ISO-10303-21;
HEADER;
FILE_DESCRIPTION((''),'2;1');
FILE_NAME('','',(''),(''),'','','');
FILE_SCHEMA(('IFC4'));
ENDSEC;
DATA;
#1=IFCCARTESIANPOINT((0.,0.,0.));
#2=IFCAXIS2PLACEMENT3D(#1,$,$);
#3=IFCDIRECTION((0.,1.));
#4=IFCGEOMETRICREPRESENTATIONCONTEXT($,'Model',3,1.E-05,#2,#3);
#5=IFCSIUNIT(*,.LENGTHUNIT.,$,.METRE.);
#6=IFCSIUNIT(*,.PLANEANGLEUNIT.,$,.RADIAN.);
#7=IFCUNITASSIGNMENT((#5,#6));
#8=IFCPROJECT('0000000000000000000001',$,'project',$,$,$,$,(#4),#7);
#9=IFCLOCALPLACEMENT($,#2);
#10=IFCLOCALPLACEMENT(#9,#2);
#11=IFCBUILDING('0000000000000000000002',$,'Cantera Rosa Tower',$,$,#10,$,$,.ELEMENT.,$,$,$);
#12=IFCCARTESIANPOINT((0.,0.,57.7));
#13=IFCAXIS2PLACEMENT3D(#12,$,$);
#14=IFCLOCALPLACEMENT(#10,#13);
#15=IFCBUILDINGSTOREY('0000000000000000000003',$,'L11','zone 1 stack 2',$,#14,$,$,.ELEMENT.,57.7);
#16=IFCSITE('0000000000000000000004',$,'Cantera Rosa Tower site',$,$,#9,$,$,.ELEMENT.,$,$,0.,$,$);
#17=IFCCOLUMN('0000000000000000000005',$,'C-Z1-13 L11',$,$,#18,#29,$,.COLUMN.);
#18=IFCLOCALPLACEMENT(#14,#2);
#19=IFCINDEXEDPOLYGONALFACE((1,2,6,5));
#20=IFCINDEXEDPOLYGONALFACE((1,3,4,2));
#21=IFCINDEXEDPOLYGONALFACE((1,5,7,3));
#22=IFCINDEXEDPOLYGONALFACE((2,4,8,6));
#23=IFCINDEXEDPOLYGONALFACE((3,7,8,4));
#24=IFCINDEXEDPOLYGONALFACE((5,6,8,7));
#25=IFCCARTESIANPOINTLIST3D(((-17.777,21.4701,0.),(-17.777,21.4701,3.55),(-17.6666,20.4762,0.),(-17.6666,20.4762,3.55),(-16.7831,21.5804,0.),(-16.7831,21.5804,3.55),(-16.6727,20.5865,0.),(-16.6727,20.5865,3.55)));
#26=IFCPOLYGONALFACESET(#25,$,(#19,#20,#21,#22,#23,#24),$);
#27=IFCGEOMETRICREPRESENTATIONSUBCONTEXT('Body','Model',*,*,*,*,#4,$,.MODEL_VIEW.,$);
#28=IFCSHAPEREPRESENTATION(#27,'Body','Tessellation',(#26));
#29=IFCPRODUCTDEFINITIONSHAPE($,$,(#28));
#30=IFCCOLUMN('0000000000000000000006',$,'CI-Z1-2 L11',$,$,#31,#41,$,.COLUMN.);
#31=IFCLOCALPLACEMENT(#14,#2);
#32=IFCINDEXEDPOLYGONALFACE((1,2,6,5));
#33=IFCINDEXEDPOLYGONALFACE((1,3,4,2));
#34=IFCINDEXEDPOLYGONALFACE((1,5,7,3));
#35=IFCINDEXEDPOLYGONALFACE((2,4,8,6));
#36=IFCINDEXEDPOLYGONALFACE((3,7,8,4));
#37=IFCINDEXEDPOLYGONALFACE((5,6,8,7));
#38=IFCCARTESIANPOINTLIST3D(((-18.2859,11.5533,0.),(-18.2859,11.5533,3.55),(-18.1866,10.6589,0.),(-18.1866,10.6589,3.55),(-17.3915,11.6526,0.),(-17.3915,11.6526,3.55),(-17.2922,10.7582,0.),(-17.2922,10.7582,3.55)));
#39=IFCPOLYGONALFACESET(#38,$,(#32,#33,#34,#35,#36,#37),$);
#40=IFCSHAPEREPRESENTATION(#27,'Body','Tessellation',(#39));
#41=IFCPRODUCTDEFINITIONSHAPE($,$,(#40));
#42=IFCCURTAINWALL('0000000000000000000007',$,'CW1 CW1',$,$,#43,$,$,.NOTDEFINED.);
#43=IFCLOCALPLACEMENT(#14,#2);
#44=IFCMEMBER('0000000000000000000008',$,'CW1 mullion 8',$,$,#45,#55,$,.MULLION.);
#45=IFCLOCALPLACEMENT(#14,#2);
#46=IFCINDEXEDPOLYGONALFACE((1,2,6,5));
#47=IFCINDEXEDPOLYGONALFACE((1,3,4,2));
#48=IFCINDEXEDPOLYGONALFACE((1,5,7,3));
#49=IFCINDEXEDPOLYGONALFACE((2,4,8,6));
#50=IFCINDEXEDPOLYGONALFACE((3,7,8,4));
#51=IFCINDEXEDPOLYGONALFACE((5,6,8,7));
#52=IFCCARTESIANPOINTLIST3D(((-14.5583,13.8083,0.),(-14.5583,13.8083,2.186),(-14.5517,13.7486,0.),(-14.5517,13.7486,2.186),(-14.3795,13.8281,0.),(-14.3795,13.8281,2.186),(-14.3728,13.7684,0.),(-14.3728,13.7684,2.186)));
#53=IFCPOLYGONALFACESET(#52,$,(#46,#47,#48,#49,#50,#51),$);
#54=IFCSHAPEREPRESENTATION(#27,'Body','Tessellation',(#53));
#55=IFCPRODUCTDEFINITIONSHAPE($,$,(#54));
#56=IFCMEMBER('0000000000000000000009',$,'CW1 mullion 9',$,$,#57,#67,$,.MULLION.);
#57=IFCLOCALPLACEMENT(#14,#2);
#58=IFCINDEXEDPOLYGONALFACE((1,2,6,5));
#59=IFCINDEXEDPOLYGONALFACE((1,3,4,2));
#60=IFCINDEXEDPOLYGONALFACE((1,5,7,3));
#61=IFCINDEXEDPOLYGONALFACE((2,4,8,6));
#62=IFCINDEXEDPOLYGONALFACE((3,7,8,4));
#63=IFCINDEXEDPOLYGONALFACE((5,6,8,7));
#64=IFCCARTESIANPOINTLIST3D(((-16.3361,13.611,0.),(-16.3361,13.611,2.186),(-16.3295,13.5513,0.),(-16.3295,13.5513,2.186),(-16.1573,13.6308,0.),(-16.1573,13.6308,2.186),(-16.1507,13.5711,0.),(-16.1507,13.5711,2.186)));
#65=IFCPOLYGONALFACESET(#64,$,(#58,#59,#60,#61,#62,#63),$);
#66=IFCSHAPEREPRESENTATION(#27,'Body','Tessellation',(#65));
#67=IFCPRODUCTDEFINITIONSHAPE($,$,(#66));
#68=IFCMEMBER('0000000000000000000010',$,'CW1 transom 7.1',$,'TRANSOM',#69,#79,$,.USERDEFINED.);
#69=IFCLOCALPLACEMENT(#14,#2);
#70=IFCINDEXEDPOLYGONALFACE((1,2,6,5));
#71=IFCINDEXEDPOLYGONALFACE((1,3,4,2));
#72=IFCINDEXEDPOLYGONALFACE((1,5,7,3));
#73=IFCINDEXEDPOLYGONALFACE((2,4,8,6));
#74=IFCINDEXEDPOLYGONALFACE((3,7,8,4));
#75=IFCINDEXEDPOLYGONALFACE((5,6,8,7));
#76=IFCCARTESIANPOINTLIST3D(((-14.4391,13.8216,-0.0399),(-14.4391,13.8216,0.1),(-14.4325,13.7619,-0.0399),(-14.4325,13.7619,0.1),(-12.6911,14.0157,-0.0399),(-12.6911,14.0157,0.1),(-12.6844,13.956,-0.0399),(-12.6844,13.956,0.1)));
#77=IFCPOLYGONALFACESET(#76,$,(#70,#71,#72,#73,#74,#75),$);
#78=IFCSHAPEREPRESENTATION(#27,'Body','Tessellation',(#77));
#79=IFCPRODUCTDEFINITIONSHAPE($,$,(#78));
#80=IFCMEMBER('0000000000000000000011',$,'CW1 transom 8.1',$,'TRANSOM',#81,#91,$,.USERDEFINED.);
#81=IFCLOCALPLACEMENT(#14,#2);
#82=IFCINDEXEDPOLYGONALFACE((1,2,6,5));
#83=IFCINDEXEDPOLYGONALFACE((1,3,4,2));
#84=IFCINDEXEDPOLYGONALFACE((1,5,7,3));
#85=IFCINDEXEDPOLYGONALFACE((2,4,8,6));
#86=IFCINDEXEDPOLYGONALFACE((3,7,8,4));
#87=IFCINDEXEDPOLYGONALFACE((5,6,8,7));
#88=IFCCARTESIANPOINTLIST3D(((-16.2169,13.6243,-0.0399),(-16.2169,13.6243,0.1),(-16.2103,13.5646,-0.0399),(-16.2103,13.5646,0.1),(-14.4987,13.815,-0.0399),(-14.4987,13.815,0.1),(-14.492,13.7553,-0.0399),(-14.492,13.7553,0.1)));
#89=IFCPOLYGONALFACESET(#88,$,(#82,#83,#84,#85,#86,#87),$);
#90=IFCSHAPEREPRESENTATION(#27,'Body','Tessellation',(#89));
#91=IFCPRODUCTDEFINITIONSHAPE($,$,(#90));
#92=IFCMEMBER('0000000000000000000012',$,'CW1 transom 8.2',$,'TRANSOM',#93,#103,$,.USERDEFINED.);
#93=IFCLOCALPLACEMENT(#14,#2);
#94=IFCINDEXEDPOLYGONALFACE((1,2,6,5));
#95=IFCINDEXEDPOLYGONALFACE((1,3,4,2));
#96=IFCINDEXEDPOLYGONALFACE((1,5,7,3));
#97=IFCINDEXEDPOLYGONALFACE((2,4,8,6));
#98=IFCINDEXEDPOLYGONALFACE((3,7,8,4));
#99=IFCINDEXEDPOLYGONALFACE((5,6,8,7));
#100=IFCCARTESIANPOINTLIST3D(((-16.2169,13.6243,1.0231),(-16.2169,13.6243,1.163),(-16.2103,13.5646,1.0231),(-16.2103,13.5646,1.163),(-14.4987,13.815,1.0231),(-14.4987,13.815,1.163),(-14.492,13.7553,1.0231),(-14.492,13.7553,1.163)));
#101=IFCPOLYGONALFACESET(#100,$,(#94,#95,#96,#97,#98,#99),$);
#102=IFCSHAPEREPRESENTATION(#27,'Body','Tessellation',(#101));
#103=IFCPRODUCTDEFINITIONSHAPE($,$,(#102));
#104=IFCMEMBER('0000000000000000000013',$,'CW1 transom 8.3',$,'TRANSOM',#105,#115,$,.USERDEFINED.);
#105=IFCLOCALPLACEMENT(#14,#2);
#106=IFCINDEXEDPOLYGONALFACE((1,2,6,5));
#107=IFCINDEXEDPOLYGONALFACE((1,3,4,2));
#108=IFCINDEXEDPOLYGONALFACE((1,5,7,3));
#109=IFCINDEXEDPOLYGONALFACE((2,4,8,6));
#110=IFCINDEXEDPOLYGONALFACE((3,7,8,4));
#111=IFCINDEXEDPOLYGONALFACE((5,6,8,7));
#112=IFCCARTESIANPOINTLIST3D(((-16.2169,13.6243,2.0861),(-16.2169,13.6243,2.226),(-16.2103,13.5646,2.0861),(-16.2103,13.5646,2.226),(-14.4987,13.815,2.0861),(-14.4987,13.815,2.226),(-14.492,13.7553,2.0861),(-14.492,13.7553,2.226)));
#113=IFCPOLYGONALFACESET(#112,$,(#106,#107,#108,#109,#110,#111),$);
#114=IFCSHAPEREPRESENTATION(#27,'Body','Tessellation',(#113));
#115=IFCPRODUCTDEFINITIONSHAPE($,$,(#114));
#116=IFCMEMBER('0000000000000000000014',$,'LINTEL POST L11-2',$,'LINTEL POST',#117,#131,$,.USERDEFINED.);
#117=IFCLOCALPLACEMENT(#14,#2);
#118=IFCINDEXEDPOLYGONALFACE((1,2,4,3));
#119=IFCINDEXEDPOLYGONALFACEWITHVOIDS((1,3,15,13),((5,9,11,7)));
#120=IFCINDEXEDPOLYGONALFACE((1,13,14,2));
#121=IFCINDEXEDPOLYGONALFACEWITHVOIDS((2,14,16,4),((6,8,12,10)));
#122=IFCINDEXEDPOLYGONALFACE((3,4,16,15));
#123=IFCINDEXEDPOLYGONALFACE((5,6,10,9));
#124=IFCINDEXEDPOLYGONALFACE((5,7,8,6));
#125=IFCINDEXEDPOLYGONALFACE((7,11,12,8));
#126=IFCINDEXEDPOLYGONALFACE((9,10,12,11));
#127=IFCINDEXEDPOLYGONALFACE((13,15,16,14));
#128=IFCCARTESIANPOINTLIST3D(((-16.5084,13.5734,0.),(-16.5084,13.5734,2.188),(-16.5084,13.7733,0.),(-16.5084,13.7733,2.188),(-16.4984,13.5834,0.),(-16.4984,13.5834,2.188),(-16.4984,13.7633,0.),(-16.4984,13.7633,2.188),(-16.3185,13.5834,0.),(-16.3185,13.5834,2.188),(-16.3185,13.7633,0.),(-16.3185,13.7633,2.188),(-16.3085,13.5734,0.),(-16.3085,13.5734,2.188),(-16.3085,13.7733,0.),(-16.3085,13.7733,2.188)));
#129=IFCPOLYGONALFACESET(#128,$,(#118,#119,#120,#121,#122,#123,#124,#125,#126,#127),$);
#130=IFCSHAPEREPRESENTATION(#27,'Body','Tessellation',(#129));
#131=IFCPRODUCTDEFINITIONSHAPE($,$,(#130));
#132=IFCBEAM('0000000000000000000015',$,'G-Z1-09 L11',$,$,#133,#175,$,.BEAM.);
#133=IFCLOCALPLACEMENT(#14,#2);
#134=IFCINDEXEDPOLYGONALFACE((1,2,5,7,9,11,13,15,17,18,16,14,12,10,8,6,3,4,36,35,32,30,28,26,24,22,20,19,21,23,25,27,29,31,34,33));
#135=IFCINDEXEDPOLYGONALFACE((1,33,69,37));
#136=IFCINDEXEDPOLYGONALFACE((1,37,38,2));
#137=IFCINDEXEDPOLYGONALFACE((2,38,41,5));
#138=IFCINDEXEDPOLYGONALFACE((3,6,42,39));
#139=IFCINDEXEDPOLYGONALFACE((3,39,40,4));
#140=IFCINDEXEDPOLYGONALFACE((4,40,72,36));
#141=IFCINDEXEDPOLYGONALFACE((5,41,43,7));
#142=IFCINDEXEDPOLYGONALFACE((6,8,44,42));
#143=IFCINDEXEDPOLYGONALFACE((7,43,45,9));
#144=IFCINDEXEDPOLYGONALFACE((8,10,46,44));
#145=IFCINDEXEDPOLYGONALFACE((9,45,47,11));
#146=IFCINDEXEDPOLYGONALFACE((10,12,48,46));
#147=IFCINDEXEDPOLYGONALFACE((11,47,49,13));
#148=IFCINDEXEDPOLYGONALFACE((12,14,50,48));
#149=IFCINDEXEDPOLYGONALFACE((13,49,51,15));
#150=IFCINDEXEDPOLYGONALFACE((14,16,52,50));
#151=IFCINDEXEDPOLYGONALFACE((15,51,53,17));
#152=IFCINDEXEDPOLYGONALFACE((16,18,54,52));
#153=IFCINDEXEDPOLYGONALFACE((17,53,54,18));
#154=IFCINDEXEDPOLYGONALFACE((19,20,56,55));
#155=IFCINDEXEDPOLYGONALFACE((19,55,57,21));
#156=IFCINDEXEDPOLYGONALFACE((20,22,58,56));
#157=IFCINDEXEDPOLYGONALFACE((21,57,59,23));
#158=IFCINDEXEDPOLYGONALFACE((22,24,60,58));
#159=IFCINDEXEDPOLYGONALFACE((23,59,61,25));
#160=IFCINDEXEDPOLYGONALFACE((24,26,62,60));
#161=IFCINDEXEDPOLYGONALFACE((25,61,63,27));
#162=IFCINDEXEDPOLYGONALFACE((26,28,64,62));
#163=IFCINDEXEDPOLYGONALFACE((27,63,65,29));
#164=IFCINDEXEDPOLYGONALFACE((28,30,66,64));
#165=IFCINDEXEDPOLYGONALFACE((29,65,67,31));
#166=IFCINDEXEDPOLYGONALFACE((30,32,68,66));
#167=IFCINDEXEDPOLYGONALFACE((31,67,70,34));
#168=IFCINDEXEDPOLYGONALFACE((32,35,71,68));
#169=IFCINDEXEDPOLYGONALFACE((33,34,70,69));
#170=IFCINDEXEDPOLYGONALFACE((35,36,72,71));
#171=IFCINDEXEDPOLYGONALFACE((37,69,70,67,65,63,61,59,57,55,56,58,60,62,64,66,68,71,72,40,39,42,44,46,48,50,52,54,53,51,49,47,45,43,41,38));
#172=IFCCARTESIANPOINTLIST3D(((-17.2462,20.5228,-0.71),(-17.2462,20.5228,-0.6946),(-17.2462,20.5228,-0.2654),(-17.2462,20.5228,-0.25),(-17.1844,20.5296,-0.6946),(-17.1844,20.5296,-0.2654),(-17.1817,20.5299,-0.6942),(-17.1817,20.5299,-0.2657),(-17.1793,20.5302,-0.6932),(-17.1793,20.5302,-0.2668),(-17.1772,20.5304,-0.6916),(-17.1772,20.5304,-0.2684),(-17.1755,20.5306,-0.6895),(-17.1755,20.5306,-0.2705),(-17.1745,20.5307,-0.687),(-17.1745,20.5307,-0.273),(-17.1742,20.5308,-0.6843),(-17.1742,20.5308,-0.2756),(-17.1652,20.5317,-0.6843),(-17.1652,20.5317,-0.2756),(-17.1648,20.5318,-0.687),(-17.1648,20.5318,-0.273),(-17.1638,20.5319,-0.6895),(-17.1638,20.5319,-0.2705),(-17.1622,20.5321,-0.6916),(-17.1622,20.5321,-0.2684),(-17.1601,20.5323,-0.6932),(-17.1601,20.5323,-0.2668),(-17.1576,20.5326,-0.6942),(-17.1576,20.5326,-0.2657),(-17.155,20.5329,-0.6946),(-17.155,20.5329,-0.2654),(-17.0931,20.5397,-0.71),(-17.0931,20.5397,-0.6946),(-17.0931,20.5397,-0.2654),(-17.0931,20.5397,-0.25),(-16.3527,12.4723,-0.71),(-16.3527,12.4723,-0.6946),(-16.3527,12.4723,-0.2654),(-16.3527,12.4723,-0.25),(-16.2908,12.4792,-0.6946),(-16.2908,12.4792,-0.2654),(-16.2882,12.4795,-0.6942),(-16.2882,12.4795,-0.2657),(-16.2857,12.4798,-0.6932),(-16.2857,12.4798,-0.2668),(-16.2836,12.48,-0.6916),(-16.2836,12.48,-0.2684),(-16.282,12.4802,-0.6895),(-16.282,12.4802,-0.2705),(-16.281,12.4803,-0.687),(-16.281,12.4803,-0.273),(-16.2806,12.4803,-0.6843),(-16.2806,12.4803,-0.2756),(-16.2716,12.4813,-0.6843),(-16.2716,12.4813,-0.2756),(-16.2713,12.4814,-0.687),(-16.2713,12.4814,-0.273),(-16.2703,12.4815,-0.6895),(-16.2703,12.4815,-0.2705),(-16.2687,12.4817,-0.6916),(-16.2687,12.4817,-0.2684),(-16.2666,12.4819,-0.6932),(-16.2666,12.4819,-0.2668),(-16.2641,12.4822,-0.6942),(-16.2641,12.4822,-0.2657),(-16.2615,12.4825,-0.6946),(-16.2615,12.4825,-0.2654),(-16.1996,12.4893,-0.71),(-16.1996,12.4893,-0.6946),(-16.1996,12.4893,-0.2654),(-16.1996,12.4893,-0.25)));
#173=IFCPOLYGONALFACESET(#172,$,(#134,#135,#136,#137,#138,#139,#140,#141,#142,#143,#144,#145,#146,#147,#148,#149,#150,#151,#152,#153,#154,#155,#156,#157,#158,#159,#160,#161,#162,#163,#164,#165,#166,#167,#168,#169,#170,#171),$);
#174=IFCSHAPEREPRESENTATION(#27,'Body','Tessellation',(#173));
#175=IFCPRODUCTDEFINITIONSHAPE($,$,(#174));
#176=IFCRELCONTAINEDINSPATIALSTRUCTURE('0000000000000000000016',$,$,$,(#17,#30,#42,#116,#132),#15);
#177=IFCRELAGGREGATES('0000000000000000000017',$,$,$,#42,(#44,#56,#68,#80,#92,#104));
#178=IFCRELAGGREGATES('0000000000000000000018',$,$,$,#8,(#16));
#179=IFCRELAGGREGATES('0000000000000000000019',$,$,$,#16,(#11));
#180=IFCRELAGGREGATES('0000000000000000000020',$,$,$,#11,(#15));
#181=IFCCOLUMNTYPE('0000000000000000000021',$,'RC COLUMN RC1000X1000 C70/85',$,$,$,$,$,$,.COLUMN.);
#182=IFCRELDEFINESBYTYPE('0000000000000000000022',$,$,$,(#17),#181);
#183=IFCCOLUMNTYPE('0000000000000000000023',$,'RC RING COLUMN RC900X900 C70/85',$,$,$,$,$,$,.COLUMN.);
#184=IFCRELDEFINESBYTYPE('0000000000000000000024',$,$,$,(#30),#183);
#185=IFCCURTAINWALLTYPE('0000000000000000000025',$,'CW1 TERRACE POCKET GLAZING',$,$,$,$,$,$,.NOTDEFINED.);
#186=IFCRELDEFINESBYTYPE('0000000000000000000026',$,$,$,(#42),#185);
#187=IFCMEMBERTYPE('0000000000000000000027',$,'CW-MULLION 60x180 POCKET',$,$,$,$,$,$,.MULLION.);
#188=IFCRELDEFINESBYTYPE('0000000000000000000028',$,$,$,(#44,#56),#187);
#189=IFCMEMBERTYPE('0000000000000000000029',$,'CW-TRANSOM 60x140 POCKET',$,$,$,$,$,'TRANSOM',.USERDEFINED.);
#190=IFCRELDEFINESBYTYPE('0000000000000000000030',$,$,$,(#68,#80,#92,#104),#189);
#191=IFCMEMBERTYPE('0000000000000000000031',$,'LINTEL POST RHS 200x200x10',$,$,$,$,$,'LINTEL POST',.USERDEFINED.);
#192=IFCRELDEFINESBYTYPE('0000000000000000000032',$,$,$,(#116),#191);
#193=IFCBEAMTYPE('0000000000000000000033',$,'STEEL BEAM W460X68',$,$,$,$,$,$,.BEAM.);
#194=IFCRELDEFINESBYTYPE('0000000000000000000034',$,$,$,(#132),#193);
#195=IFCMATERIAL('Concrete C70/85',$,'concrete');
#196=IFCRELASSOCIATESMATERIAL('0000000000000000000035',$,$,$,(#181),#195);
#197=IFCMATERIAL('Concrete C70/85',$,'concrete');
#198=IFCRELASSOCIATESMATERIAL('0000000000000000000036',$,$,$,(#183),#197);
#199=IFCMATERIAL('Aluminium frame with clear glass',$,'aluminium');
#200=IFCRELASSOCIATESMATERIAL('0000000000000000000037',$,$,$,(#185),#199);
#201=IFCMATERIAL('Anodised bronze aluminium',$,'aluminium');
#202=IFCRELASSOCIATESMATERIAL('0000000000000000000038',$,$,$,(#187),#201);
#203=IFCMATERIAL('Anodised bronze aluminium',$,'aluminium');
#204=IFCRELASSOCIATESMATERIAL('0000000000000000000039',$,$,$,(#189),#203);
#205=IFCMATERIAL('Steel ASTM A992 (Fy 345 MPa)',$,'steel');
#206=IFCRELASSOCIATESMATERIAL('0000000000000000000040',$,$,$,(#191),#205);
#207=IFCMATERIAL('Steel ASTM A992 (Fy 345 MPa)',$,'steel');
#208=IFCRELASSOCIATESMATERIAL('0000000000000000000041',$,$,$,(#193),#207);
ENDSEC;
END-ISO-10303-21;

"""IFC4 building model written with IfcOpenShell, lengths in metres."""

from ifc_helpers import new_model, si_unit, direction, frame, origin, origin_2d, place, context, subcontext, project, spatial, rectangle, hollow_rectangle, i_section, extrude, material, material_profile, profile_set, type_object, element, aggregate, save


model = new_model("IFC4")

# Units and contexts
model_context = context("Model", 3, precision=1e-05, world=origin(), true_north=direction((0.0, 1.0)))
body_context = subcontext(model_context, "Body", "Model", "MODEL_VIEW")
ifc_project = project(units=[si_unit("LENGTHUNIT", "METRE"), si_unit("PLANEANGLEUNIT", "RADIAN")], contexts=[model_context])

# Site, building, storey
site_placement = place(None, origin())
site = spatial("IfcSite", under=ifc_project, at=site_placement, Name="Cantera Rosa Tower site", CompositionType="ELEMENT", RefElevation=0.0)
building_placement = place(site_placement, origin())
building = spatial("IfcBuilding", under=site, at=building_placement, Name="Cantera Rosa Tower", CompositionType="ELEMENT")
storey_placement = place(building_placement, frame((0.0, 0.0, 57.7)))
storey = spatial("IfcBuildingStorey", under=building, at=storey_placement, Name="L11", Description="zone 1 stack 2", CompositionType="ELEMENT", Elevation=57.7)

# Columns
ifc_material_1 = material(Name="Concrete C70/85", Category="concrete")
ifc_material_profile_1 = material_profile(ifc_material_1, rectangle(XDim=1.0, YDim=1.0, at=origin_2d()), Name="RC COLUMN RC1000X1000 C70/85")
ifc_profile_set_1 = profile_set([ifc_material_profile_1], Name="Concrete C70/85")
column_type_1 = type_object("IfcColumnType", Name="RC COLUMN RC1000X1000 C70/85", PredefinedType="COLUMN", material=ifc_profile_set_1)
column_1_placement = place(storey_placement, frame((-17.2249, 21.0283, 0.0), z_axis=(0.0, 0.0, 1.0), x_axis=(0.993897, 0.110313, 0.0)))
element("IfcColumn", 1, at=column_1_placement, inside=storey, type_object=column_type_1, Name="C-Z1-13 L11", PredefinedType="COLUMN", context=body_context, shape_type="SweptSolid", body=[
    extrude(rectangle(XDim=1.0, YDim=1.0, at=origin_2d()), origin(), (0.0, 0.0, 1.0), 3.55),
])
ifc_material_2 = material(Name="Concrete C70/85", Category="concrete")
ifc_material_profile_2 = material_profile(ifc_material_2, rectangle(XDim=0.8999, YDim=0.8999, at=origin_2d()), Name="RC RING COLUMN RC900X900 C70/85")
ifc_profile_set_2 = profile_set([ifc_material_profile_2], Name="Concrete C70/85")
column_type_2 = type_object("IfcColumnType", Name="RC RING COLUMN RC900X900 C70/85", PredefinedType="COLUMN", material=ifc_profile_set_2)
column_2_placement = place(storey_placement, frame((-17.7891, 11.1558, 0.0), z_axis=(0.0, 0.0, 1.0), x_axis=(0.993897, 0.110313, 0.0)))
element("IfcColumn", 2, at=column_2_placement, inside=storey, type_object=column_type_2, Name="CI-Z1-2 L11", PredefinedType="COLUMN", context=body_context, shape_type="SweptSolid", body=[
    extrude(rectangle(XDim=0.8999, YDim=0.8999, at=origin_2d()), origin(), (0.0, 0.0, 1.0), 3.55),
])

# Curtain wall, members
ifc_material_3 = material(Name="Aluminium frame with clear glass", Category="aluminium")
curtain_wall_type = type_object("IfcCurtainWallType", Name="CW1 TERRACE POCKET GLAZING", PredefinedType="NOTDEFINED", material=ifc_material_3)
curtain_wall_placement = place(storey_placement, origin())
curtain_wall = element("IfcCurtainWall", 3, at=curtain_wall_placement, inside=storey, type_object=curtain_wall_type, Name="CW1 CW1", PredefinedType="NOTDEFINED")
ifc_material_4 = material(Name="Anodised bronze aluminium", Category="aluminium")
ifc_material_profile_3 = material_profile(ifc_material_4, rectangle(XDim=0.0601, YDim=0.1799, at=origin_2d()), Name="CW-MULLION 60x180 POCKET")
ifc_profile_set_3 = profile_set([ifc_material_profile_3], Name="Anodised bronze aluminium")
member_type_1 = type_object("IfcMemberType", Name="CW-MULLION 60x180 POCKET", PredefinedType="MULLION", material=ifc_profile_set_3)
member_1_placement = place(storey_placement, frame((-14.4656, 13.7883, 0.0), z_axis=(0.0, 0.0, 1.0), x_axis=(0.110313, -0.993897, 0.0)))
member_1 = element("IfcMember", 4, at=member_1_placement, type_object=member_type_1, Name="CW1 mullion 8", PredefinedType="MULLION", context=body_context, shape_type="SweptSolid", body=[
    extrude(rectangle(XDim=0.0601, YDim=0.1799, at=origin_2d()), origin(), (0.0, 0.0, 1.0), 2.186),
])
member_2_placement = place(storey_placement, frame((-16.2434, 13.5911, 0.0), z_axis=(0.0, 0.0, 1.0), x_axis=(0.110313, -0.993897, 0.0)))
member_2 = element("IfcMember", 5, at=member_2_placement, type_object=member_type_1, Name="CW1 mullion 9", PredefinedType="MULLION", context=body_context, shape_type="SweptSolid", body=[
    extrude(rectangle(XDim=0.0601, YDim=0.1799, at=origin_2d()), origin(), (0.0, 0.0, 1.0), 2.186),
])
ifc_material_5 = material(Name="Anodised bronze aluminium", Category="aluminium")
ifc_material_profile_4 = material_profile(ifc_material_5, rectangle(XDim=0.0601, YDim=0.1399, at=origin_2d()), Name="CW-TRANSOM 60x140 POCKET")
ifc_profile_set_4 = profile_set([ifc_material_profile_4], Name="Anodised bronze aluminium")
member_type_2 = type_object("IfcMemberType", Name="CW-TRANSOM 60x140 POCKET", ElementType="TRANSOM", PredefinedType="USERDEFINED", material=ifc_profile_set_4)
member_3_placement = place(storey_placement, frame((-12.6877, 13.9858, 0.03), z_axis=(-0.993892, -0.110355, 0.0), x_axis=(0.110355, -0.993892, 0.0)))
member_3 = element("IfcMember", 6, at=member_3_placement, type_object=member_type_2, Name="CW1 transom 7.1", ObjectType="TRANSOM", PredefinedType="USERDEFINED", context=body_context, shape_type="SweptSolid", body=[
    extrude(rectangle(XDim=0.0601, YDim=0.1399, at=origin_2d()), origin(), (0.0, 0.0, 1.0), 1.7588),
])
member_4_placement = place(storey_placement, frame((-14.4954, 13.7852, 0.03), z_axis=(-0.993899, -0.110292, 0.0), x_axis=(0.110292, -0.993899, 0.0)))
member_4 = element("IfcMember", 7, at=member_4_placement, type_object=member_type_2, Name="CW1 transom 8.1", ObjectType="TRANSOM", PredefinedType="USERDEFINED", context=body_context, shape_type="SweptSolid", body=[
    extrude(rectangle(XDim=0.0601, YDim=0.1399, at=origin_2d()), origin(), (0.0, 0.0, 1.0), 1.7288),
])
member_5_placement = place(storey_placement, frame((-14.4954, 13.7852, 1.093), z_axis=(-0.993899, -0.110292, 0.0), x_axis=(0.110292, -0.993899, 0.0)))
member_5 = element("IfcMember", 8, at=member_5_placement, type_object=member_type_2, Name="CW1 transom 8.2", ObjectType="TRANSOM", PredefinedType="USERDEFINED", context=body_context, shape_type="SweptSolid", body=[
    extrude(rectangle(XDim=0.0601, YDim=0.1399, at=origin_2d()), origin(), (0.0, 0.0, 1.0), 1.7288),
])
member_6_placement = place(storey_placement, frame((-14.4954, 13.7852, 2.156), z_axis=(-0.993899, -0.110292, 0.0), x_axis=(0.110292, -0.993899, 0.0)))
member_6 = element("IfcMember", 9, at=member_6_placement, type_object=member_type_2, Name="CW1 transom 8.3", ObjectType="TRANSOM", PredefinedType="USERDEFINED", context=body_context, shape_type="SweptSolid", body=[
    extrude(rectangle(XDim=0.0601, YDim=0.1399, at=origin_2d()), origin(), (0.0, 0.0, 1.0), 1.7288),
])

# Member
ifc_material_6 = material(Name="Steel ASTM A992 (Fy 345 MPa)", Category="steel")
ifc_material_profile_5 = material_profile(ifc_material_6, hollow_rectangle(XDim=0.2, YDim=0.2, WallThickness=0.01, at=origin_2d()), Name="LINTEL POST RHS 200x200x10")
ifc_profile_set_5 = profile_set([ifc_material_profile_5], Name="Steel ASTM A992 (Fy 345 MPa)")
member_type_3 = type_object("IfcMemberType", Name="LINTEL POST RHS 200x200x10", ElementType="LINTEL POST", PredefinedType="USERDEFINED", material=ifc_profile_set_5)
member_7_placement = place(storey_placement, frame((-16.4084, 13.6733, 0.0), z_axis=(0.0, 0.0, 1.0), x_axis=(1.0, 0.0, 0.0)))
element("IfcMember", 10, at=member_7_placement, inside=storey, type_object=member_type_3, Name="LINTEL POST L11-2", ObjectType="LINTEL POST", PredefinedType="USERDEFINED", context=body_context, shape_type="SweptSolid", body=[
    extrude(hollow_rectangle(XDim=0.2, YDim=0.2, WallThickness=0.01, at=origin_2d()), origin(), (0.0, 0.0, 1.0), 2.188),
])

# Beam
ifc_material_7 = material(Name="Steel ASTM A992 (Fy 345 MPa)", Category="steel")
ifc_material_profile_6 = material_profile(ifc_material_7, i_section(OverallWidth=0.1541, OverallDepth=0.46, WebThickness=0.009, FlangeThickness=0.0154, FilletRadius=0.0103, at=origin_2d()), Name="W460X68")
ifc_profile_set_6 = profile_set([ifc_material_profile_6], Name="Steel ASTM A992 (Fy 345 MPa)")
beam_type_1 = type_object("IfcBeamType", Name="STEEL BEAM W460X68", PredefinedType="BEAM", material=ifc_profile_set_6)
beam_1_placement = place(storey_placement, frame((-17.1697, 20.5312, -0.48), z_axis=(0.110316, -0.993897, 0.0), x_axis=(0.993897, 0.110316, 0.0)))
element("IfcBeam", 11, at=beam_1_placement, inside=storey, type_object=beam_type_1, Name="G-Z1-09 L11", PredefinedType="BEAM", context=body_context, shape_type="SweptSolid", body=[
    extrude(i_section(OverallWidth=0.1541, OverallDepth=0.46, WebThickness=0.009, FlangeThickness=0.0154, FilletRadius=0.0103, at=origin_2d()), origin(), (0.0, 0.0, 1.0), 8.0999),
])

aggregate(curtain_wall, [member_1, member_2, member_3, member_4, member_5, member_6])

save(model, "model.ifc")
